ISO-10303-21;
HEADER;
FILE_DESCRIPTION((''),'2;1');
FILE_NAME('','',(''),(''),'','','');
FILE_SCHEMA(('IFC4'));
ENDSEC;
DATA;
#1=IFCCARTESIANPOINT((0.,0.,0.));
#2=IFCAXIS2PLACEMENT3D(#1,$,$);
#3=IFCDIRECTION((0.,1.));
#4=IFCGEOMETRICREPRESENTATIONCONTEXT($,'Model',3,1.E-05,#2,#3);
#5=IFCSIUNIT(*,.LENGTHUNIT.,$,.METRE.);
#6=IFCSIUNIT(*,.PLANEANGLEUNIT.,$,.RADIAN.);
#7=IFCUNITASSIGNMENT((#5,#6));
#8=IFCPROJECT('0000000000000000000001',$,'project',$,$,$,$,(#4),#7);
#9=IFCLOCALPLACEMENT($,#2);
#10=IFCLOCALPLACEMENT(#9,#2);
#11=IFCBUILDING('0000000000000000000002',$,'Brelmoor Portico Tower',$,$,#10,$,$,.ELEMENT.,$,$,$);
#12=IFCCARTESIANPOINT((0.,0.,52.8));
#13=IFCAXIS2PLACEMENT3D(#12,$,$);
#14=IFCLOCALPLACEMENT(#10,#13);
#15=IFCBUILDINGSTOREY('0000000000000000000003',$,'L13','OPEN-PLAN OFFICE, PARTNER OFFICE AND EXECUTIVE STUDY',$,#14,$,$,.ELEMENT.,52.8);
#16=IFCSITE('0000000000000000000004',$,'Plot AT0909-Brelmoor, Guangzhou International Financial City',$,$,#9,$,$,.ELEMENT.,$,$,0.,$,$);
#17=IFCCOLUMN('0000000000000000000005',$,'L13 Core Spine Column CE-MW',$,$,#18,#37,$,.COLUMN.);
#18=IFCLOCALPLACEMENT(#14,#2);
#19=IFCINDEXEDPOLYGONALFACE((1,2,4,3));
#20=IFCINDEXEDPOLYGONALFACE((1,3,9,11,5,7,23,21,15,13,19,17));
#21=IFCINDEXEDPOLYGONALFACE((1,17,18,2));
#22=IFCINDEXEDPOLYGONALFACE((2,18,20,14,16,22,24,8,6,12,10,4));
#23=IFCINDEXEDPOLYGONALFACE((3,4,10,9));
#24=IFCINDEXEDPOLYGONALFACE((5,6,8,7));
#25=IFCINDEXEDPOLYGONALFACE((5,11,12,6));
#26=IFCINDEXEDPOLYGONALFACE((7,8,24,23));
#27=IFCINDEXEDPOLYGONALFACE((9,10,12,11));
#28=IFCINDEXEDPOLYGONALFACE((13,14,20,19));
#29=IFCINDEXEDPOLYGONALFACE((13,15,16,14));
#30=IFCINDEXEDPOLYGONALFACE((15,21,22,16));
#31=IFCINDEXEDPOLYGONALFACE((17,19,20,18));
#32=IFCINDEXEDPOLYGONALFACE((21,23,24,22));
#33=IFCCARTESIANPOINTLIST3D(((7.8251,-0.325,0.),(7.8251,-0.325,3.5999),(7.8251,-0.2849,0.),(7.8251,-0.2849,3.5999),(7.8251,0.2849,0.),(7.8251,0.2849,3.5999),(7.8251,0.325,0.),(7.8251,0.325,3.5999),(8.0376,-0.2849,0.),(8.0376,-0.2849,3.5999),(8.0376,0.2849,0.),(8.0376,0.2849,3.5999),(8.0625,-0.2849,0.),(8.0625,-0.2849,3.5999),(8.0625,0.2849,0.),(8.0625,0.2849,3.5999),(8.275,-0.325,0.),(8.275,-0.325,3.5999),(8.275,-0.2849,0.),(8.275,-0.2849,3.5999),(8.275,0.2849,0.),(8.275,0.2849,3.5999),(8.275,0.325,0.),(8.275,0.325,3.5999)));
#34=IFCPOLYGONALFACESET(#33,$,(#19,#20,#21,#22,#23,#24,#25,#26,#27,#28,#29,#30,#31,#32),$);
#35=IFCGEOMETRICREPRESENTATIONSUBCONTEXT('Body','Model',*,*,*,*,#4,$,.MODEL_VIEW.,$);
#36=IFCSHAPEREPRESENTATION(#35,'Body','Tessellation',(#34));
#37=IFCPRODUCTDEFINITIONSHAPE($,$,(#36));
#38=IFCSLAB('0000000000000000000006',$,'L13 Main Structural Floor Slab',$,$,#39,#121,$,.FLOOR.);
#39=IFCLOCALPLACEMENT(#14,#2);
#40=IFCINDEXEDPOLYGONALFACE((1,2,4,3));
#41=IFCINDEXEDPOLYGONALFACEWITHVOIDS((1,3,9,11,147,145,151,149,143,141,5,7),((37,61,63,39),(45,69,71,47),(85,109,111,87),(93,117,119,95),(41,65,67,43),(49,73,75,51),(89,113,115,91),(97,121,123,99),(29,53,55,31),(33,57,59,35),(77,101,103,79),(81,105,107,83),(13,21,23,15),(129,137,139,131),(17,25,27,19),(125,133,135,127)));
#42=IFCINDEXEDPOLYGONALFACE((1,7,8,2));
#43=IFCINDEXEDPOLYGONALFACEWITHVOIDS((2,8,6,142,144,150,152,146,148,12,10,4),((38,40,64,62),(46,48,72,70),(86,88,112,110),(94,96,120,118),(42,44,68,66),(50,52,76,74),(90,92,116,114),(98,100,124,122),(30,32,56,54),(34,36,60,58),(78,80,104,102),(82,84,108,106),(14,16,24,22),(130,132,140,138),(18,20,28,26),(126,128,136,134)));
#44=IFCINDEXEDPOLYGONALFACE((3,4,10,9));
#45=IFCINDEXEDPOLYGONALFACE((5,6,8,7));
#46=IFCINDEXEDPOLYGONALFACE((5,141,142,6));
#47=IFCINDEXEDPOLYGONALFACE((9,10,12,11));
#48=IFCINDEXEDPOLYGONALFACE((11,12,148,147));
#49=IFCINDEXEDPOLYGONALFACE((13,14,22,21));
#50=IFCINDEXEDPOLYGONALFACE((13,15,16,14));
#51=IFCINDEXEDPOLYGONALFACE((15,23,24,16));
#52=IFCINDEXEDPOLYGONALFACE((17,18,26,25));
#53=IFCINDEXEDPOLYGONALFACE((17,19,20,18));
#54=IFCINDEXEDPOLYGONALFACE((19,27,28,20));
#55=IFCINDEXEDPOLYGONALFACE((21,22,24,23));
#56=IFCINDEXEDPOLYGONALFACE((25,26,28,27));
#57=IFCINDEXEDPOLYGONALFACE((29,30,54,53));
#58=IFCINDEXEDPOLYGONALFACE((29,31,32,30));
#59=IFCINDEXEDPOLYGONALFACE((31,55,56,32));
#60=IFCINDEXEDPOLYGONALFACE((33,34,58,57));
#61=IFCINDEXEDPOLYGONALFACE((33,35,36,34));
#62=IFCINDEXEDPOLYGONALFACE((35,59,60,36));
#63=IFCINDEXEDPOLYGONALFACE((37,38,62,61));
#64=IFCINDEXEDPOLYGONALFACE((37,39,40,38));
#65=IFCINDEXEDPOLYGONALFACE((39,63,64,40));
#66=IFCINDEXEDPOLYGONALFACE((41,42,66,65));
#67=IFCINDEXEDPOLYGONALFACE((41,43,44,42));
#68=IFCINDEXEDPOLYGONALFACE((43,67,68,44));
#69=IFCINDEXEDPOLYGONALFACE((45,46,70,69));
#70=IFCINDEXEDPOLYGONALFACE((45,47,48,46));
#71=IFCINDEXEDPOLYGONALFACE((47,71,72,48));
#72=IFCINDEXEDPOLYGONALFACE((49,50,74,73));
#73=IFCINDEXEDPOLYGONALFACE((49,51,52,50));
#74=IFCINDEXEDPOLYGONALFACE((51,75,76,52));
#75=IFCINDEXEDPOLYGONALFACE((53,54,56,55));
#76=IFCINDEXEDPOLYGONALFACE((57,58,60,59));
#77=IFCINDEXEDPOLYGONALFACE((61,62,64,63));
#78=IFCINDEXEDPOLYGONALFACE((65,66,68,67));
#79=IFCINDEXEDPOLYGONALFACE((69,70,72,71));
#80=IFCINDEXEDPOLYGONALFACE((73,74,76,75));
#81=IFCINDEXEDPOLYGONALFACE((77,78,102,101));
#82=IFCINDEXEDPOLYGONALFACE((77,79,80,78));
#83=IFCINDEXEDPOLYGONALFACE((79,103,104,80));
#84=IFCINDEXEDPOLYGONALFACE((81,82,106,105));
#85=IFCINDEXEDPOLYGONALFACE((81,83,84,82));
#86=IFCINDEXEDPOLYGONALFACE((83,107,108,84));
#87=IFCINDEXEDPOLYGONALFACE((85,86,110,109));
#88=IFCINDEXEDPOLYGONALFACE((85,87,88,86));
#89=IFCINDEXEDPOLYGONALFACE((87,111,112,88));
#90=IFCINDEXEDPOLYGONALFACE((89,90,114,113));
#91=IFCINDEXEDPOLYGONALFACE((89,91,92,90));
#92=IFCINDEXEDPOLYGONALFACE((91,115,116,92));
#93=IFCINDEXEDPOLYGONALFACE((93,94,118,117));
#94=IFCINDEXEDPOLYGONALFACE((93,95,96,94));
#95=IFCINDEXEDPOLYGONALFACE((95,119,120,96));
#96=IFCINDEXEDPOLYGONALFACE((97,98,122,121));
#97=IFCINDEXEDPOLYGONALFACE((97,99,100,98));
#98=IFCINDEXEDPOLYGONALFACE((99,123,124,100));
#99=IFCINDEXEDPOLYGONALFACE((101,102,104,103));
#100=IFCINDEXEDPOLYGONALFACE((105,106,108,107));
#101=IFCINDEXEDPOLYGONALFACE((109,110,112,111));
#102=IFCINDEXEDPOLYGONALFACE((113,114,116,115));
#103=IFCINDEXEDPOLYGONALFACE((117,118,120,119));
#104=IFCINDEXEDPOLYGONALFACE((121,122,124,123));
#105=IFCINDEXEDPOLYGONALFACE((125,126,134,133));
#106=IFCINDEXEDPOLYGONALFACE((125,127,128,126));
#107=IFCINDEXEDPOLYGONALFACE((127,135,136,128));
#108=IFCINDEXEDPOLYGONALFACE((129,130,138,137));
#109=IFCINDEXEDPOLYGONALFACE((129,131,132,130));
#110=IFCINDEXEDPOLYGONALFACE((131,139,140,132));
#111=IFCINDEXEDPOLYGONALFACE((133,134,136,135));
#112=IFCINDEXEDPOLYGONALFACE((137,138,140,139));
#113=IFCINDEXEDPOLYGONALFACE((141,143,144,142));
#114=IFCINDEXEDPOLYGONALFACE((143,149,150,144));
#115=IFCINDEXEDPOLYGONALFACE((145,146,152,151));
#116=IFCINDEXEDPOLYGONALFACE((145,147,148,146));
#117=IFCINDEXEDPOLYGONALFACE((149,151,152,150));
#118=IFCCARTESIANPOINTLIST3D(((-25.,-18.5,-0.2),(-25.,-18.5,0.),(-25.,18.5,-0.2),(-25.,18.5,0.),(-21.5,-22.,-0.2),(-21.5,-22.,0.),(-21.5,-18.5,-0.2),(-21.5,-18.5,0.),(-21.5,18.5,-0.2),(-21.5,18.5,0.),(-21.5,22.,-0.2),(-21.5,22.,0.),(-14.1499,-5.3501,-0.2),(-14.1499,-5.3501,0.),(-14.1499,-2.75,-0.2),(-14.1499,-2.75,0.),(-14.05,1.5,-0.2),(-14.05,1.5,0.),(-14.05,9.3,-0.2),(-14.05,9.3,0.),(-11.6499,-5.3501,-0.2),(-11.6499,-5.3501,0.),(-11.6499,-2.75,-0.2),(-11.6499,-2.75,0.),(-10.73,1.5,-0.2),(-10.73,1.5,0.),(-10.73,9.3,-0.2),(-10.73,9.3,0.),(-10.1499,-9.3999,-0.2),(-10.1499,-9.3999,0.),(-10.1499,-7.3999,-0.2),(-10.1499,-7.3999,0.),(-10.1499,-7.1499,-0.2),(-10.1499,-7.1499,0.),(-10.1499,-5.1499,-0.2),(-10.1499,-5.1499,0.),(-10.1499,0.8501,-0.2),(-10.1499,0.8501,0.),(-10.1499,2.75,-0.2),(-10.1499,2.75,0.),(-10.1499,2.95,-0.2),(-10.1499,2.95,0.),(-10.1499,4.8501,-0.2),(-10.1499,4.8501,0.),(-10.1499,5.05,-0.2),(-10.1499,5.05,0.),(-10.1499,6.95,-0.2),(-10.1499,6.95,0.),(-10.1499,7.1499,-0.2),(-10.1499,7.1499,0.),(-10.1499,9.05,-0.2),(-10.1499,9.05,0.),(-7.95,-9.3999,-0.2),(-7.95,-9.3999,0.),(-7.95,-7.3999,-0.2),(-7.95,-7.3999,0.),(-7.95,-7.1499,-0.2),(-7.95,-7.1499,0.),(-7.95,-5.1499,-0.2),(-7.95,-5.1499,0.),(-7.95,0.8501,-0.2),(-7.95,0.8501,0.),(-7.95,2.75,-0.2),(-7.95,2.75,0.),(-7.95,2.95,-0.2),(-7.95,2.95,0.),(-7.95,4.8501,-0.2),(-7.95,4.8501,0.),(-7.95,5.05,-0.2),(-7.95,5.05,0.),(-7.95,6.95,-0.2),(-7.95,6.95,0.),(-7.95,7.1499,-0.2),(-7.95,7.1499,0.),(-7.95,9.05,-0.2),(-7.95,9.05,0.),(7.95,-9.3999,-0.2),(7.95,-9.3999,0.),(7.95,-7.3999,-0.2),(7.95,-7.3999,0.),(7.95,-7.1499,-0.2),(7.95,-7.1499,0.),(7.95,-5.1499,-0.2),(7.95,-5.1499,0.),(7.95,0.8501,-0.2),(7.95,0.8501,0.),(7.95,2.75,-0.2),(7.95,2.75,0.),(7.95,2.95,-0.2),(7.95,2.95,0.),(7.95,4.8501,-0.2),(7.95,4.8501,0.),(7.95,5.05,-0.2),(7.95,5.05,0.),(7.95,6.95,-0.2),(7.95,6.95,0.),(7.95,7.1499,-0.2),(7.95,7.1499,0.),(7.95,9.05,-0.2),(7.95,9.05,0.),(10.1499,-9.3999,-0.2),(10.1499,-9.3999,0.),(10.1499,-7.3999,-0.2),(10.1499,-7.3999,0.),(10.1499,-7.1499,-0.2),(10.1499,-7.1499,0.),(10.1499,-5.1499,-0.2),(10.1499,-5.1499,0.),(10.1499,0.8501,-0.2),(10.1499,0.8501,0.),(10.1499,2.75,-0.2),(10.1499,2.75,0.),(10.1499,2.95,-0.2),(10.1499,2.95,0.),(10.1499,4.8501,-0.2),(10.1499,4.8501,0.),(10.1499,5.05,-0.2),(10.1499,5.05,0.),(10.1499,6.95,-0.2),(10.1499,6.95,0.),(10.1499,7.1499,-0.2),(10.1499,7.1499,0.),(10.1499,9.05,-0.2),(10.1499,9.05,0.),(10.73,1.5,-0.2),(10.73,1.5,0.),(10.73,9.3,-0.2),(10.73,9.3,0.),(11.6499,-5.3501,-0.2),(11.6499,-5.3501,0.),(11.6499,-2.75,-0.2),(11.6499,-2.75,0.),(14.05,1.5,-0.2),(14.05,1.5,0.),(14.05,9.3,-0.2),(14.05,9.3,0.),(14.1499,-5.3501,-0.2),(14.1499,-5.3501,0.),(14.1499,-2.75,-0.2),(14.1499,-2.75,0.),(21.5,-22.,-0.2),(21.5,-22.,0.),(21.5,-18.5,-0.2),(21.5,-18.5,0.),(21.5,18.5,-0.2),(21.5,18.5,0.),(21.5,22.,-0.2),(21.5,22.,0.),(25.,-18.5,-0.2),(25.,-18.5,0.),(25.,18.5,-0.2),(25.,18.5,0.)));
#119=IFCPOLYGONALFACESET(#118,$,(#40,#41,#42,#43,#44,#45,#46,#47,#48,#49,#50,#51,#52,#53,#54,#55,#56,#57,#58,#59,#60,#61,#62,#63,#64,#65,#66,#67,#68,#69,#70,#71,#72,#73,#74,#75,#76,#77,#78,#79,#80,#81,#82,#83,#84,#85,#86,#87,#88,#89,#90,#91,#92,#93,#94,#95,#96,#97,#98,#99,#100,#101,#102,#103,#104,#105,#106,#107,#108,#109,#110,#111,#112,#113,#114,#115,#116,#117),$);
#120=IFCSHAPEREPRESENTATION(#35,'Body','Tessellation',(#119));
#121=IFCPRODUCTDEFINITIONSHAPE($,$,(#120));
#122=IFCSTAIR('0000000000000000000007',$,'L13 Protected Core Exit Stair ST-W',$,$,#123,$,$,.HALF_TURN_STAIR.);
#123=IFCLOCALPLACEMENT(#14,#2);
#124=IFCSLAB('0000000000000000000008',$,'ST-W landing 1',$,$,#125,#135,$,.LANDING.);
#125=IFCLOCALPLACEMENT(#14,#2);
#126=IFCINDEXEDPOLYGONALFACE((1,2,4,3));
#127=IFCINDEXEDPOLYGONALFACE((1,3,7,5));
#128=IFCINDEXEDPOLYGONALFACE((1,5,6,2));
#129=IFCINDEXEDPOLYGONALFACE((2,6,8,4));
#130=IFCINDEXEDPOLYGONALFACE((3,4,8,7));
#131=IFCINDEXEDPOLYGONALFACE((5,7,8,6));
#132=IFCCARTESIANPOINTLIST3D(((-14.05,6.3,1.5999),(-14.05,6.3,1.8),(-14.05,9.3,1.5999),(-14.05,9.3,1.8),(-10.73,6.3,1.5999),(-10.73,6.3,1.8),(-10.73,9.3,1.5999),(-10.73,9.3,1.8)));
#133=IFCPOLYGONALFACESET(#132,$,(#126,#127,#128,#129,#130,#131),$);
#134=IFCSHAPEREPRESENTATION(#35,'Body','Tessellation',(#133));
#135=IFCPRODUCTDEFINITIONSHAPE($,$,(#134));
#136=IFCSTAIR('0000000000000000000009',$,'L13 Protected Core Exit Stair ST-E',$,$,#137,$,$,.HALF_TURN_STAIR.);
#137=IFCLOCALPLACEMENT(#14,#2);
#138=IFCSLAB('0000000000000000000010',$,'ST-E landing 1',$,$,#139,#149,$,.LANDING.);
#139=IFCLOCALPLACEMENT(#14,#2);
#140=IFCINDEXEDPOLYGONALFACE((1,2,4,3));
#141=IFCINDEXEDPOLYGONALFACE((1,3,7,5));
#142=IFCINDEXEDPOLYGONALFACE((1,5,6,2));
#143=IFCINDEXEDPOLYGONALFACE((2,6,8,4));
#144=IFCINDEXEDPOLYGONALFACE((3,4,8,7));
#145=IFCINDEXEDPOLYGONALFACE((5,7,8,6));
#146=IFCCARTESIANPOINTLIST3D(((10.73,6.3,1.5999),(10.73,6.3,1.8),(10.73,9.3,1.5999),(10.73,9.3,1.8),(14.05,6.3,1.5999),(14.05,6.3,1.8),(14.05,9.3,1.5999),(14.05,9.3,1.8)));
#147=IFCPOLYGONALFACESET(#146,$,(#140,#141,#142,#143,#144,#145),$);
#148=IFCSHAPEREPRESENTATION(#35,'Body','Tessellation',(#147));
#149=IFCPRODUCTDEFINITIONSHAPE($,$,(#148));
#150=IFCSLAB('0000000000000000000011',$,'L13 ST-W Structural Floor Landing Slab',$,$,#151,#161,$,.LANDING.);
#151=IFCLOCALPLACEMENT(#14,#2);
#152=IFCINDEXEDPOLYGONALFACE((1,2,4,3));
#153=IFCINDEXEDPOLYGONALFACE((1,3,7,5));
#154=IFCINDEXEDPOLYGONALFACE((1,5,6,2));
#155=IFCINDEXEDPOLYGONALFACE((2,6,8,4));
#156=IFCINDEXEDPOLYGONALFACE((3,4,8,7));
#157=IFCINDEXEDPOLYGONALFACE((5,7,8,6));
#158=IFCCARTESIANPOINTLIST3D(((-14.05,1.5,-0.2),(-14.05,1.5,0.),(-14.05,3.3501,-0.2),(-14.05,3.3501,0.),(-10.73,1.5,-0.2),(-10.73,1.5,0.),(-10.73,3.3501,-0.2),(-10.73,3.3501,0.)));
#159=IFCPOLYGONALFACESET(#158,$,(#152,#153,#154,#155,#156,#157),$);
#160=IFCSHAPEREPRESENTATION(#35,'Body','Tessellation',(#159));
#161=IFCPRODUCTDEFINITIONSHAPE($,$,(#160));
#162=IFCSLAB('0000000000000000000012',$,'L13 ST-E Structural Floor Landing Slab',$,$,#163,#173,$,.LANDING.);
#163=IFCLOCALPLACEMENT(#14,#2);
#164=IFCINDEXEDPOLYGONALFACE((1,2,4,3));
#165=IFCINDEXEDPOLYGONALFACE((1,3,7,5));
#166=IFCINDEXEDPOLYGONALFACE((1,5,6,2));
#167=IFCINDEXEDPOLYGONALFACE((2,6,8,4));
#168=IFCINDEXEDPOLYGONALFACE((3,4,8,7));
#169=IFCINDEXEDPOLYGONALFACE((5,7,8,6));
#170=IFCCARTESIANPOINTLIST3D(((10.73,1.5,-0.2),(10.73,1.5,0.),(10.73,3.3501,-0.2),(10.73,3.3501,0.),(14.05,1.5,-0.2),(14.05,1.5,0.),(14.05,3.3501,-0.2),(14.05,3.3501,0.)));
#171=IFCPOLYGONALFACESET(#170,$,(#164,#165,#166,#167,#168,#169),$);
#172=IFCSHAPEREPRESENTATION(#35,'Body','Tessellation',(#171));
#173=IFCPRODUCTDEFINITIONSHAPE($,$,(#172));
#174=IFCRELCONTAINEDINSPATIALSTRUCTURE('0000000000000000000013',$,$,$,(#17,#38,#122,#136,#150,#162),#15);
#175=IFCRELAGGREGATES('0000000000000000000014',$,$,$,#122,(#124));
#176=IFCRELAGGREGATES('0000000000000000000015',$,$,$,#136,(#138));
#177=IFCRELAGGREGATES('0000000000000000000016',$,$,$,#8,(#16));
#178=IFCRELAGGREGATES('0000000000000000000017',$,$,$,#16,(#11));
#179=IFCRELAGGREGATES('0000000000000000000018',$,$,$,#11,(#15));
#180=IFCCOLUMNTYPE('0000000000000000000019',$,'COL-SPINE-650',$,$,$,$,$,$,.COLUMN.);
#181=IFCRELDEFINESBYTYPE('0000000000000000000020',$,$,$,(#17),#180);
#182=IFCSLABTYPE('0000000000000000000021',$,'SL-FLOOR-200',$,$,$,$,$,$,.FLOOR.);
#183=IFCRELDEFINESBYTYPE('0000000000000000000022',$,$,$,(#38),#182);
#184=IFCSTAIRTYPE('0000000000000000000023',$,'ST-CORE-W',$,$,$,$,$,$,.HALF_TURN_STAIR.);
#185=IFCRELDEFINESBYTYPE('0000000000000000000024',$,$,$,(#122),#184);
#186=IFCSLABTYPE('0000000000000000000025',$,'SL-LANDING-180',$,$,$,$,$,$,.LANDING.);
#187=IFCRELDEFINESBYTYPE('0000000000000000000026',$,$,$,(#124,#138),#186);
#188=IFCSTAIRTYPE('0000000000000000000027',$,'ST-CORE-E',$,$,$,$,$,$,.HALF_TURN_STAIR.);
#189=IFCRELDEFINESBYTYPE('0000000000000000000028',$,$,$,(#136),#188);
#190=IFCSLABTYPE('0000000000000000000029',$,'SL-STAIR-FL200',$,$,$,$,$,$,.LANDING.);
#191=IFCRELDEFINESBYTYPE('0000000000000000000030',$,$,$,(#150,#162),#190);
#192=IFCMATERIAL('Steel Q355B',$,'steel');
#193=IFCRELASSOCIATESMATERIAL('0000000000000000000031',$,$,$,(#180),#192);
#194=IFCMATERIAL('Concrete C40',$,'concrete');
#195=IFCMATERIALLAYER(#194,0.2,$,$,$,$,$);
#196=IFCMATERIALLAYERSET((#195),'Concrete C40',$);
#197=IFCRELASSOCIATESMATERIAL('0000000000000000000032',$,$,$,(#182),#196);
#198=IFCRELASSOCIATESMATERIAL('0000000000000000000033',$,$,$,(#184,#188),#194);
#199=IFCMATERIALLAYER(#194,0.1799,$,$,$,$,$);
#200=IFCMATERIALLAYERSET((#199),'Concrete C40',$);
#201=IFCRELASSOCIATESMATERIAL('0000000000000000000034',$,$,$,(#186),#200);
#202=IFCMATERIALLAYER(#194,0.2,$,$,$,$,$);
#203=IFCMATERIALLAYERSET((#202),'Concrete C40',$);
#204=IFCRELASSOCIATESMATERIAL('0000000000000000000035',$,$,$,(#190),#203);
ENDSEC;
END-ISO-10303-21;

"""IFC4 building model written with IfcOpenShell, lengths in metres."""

from ifc_helpers import new_model, si_unit, direction, frame, origin, origin_2d, place, context, subcontext, project, spatial, polyline, i_section, outline, extrude, material, layer, layer_set, material_profile, profile_set, type_object, element, aggregate, save


model = new_model("IFC4")

# Units and contexts
model_context = context("Model", 3, precision=1e-05, world=origin(), true_north=direction((0.0, 1.0)))
body_context = subcontext(model_context, "Body", "Model", "MODEL_VIEW")
ifc_project = project(units=[si_unit("LENGTHUNIT", "METRE"), si_unit("PLANEANGLEUNIT", "RADIAN")], contexts=[model_context])

# Site, building, storey
site_placement = place(None, origin())
site = spatial("IfcSite", under=ifc_project, at=site_placement, Name="Plot AT0909-Brelmoor, Guangzhou International Financial City", CompositionType="ELEMENT", RefElevation=0.0)
building_placement = place(site_placement, origin())
building = spatial("IfcBuilding", under=site, at=building_placement, Name="Brelmoor Portico Tower", CompositionType="ELEMENT")
storey_placement = place(building_placement, frame((0.0, 0.0, 52.8)))
storey = spatial("IfcBuildingStorey", under=building, at=storey_placement, Name="L13", Description="OPEN-PLAN OFFICE, PARTNER OFFICE AND EXECUTIVE STUDY", CompositionType="ELEMENT", Elevation=52.8)

# Column
ifc_material_1 = material(Name="Steel Q355B", Category="steel")
ifc_material_profile = material_profile(ifc_material_1, i_section(OverallWidth=0.45, OverallDepth=0.6499, WebThickness=0.0249, FlangeThickness=0.04, at=origin_2d()), Name="HW 650x450x25x40")
ifc_profile_set = profile_set([ifc_material_profile], Name="Steel Q355B")
column_type = type_object("IfcColumnType", Name="COL-SPINE-650", PredefinedType="COLUMN", material=ifc_profile_set)
column_placement = place(storey_placement, frame((8.05, 0.0, 0.0), z_axis=(0.0, 0.0, 1.0), x_axis=(1.0, 0.0, 0.0)))
element("IfcColumn", 1, at=column_placement, inside=storey, type_object=column_type, Name="L13 Core Spine Column CE-MW", PredefinedType="COLUMN", context=body_context, shape_type="SweptSolid", body=[
    extrude(i_section(OverallWidth=0.45, OverallDepth=0.6499, WebThickness=0.0249, FlangeThickness=0.04, at=origin_2d()), origin(), (0.0, 0.0, 1.0), 3.5999),
])

# Slab
ifc_material_2 = material(Name="Concrete C40", Category="concrete")
ifc_layer_1 = layer(ifc_material_2, 0.2)
ifc_layer_set_1 = layer_set([ifc_layer_1], Name="Concrete C40")
slab_type_1 = type_object("IfcSlabType", Name="SL-FLOOR-200", PredefinedType="FLOOR", material=ifc_layer_set_1)
slab_1_placement = place(storey_placement, frame((0.0, 0.0, -0.2)))
element("IfcSlab", 2, at=slab_1_placement, inside=storey, type_object=slab_type_1, Name="L13 Main Structural Floor Slab", PredefinedType="FLOOR", context=body_context, shape_type="SweptSolid", body=[
    extrude(outline(polyline([(-21.5, -22.0), (21.5, -22.0), (21.5, -18.5), (25.0, -18.5), (25.0, 18.5), (21.5, 18.5), (21.5, 22.0), (-21.5, 22.0), (-21.5, 18.5), (-25.0, 18.5), (-25.0, -18.5), (-21.5, -18.5), (-21.5, -22.0)]), holes=[polyline([(-10.73, 1.5), (-10.73, 9.3), (-14.05, 9.3), (-14.05, 1.5), (-10.73, 1.5)]), polyline([(14.05, 1.5), (14.05, 9.3), (10.73, 9.3), (10.73, 1.5), (14.05, 1.5)]), polyline([(-10.1499, 0.8501), (-7.95, 0.8501), (-7.95, 2.75), (-10.1499, 2.75), (-10.1499, 0.8501)]), polyline([(-10.1499, 2.95), (-7.95, 2.95), (-7.95, 4.8501), (-10.1499, 4.8501), (-10.1499, 2.95)]), polyline([(-10.1499, 5.05), (-7.95, 5.05), (-7.95, 6.95), (-10.1499, 6.95), (-10.1499, 5.05)]), polyline([(-10.1499, 7.1499), (-7.95, 7.1499), (-7.95, 9.05), (-10.1499, 9.05), (-10.1499, 7.1499)]), polyline([(7.95, 0.8501), (10.1499, 0.8501), (10.1499, 2.75), (7.95, 2.75), (7.95, 0.8501)]), polyline([(7.95, 2.95), (10.1499, 2.95), (10.1499, 4.8501), (7.95, 4.8501), (7.95, 2.95)]), polyline([(7.95, 5.05), (10.1499, 5.05), (10.1499, 6.95), (7.95, 6.95), (7.95, 5.05)]), polyline([(7.95, 7.1499), (10.1499, 7.1499), (10.1499, 9.05), (7.95, 9.05), (7.95, 7.1499)]), polyline([(-10.1499, -9.3999), (-7.95, -9.3999), (-7.95, -7.3999), (-10.1499, -7.3999), (-10.1499, -9.3999)]), polyline([(-10.1499, -7.1499), (-7.95, -7.1499), (-7.95, -5.1499), (-10.1499, -5.1499), (-10.1499, -7.1499)]), polyline([(7.95, -9.3999), (10.1499, -9.3999), (10.1499, -7.3999), (7.95, -7.3999), (7.95, -9.3999)]), polyline([(7.95, -7.1499), (10.1499, -7.1499), (10.1499, -5.1499), (7.95, -5.1499), (7.95, -7.1499)]), polyline([(-14.1499, -5.3501), (-11.6499, -5.3501), (-11.6499, -2.75), (-14.1499, -2.75), (-14.1499, -5.3501)]), polyline([(11.6499, -5.3501), (14.1499, -5.3501), (14.1499, -2.75), (11.6499, -2.75), (11.6499, -5.3501)])]), origin(), (0.0, 0.0, 1.0), 0.2),
])

# Stairs, slabs
stair_type_1 = type_object("IfcStairType", Name="ST-CORE-W", PredefinedType="HALF_TURN_STAIR", material=ifc_material_2)
stair_1_placement = place(storey_placement, origin())
stair_1 = element("IfcStair", 3, at=stair_1_placement, inside=storey, type_object=stair_type_1, Name="L13 Protected Core Exit Stair ST-W", PredefinedType="HALF_TURN_STAIR")
ifc_layer_2 = layer(ifc_material_2, 0.1799)
ifc_layer_set_2 = layer_set([ifc_layer_2], Name="Concrete C40")
slab_type_2 = type_object("IfcSlabType", Name="SL-LANDING-180", PredefinedType="LANDING", material=ifc_layer_set_2)
slab_2_placement = place(storey_placement, frame((0.0, 0.0, 1.5999)))
slab_2 = element("IfcSlab", 4, at=slab_2_placement, type_object=slab_type_2, Name="ST-W landing 1", PredefinedType="LANDING", context=body_context, shape_type="SweptSolid", body=[
    extrude(outline(polyline([(-10.73, 6.3), (-10.73, 9.3), (-14.05, 9.3), (-14.05, 6.3), (-10.73, 6.3)])), origin(), (0.0, 0.0, 1.0), 0.2002),
])
aggregate(stair_1, [slab_2])
stair_type_2 = type_object("IfcStairType", Name="ST-CORE-E", PredefinedType="HALF_TURN_STAIR", material=ifc_material_2)
stair_2_placement = place(storey_placement, origin())
stair_2 = element("IfcStair", 5, at=stair_2_placement, inside=storey, type_object=stair_type_2, Name="L13 Protected Core Exit Stair ST-E", PredefinedType="HALF_TURN_STAIR")
slab_3_placement = place(storey_placement, frame((0.0, 0.0, 1.5999)))
slab_3 = element("IfcSlab", 6, at=slab_3_placement, type_object=slab_type_2, Name="ST-E landing 1", PredefinedType="LANDING", context=body_context, shape_type="SweptSolid", body=[
    extrude(outline(polyline([(14.05, 6.3), (14.05, 9.3), (10.73, 9.3), (10.73, 6.3), (14.05, 6.3)])), origin(), (0.0, 0.0, 1.0), 0.2002),
])
aggregate(stair_2, [slab_3])

# Slabs
ifc_layer_3 = layer(ifc_material_2, 0.2)
ifc_layer_set_3 = layer_set([ifc_layer_3], Name="Concrete C40")
slab_type_3 = type_object("IfcSlabType", Name="SL-STAIR-FL200", PredefinedType="LANDING", material=ifc_layer_set_3)
slab_4_placement = place(storey_placement, frame((0.0, 0.0, -0.2)))
element("IfcSlab", 7, at=slab_4_placement, inside=storey, type_object=slab_type_3, Name="L13 ST-W Structural Floor Landing Slab", PredefinedType="LANDING", context=body_context, shape_type="SweptSolid", body=[
    extrude(outline(polyline([(-10.73, 1.5), (-10.73, 3.3501), (-14.05, 3.3501), (-14.05, 1.5), (-10.73, 1.5)])), origin(), (0.0, 0.0, 1.0), 0.2),
])
slab_5_placement = place(storey_placement, frame((0.0, 0.0, -0.2)))
element("IfcSlab", 8, at=slab_5_placement, inside=storey, type_object=slab_type_3, Name="L13 ST-E Structural Floor Landing Slab", PredefinedType="LANDING", context=body_context, shape_type="SweptSolid", body=[
    extrude(outline(polyline([(14.05, 1.5), (14.05, 3.3501), (10.73, 3.3501), (10.73, 1.5), (14.05, 1.5)])), origin(), (0.0, 0.0, 1.0), 0.2),
])

save(model, "model.ifc")
